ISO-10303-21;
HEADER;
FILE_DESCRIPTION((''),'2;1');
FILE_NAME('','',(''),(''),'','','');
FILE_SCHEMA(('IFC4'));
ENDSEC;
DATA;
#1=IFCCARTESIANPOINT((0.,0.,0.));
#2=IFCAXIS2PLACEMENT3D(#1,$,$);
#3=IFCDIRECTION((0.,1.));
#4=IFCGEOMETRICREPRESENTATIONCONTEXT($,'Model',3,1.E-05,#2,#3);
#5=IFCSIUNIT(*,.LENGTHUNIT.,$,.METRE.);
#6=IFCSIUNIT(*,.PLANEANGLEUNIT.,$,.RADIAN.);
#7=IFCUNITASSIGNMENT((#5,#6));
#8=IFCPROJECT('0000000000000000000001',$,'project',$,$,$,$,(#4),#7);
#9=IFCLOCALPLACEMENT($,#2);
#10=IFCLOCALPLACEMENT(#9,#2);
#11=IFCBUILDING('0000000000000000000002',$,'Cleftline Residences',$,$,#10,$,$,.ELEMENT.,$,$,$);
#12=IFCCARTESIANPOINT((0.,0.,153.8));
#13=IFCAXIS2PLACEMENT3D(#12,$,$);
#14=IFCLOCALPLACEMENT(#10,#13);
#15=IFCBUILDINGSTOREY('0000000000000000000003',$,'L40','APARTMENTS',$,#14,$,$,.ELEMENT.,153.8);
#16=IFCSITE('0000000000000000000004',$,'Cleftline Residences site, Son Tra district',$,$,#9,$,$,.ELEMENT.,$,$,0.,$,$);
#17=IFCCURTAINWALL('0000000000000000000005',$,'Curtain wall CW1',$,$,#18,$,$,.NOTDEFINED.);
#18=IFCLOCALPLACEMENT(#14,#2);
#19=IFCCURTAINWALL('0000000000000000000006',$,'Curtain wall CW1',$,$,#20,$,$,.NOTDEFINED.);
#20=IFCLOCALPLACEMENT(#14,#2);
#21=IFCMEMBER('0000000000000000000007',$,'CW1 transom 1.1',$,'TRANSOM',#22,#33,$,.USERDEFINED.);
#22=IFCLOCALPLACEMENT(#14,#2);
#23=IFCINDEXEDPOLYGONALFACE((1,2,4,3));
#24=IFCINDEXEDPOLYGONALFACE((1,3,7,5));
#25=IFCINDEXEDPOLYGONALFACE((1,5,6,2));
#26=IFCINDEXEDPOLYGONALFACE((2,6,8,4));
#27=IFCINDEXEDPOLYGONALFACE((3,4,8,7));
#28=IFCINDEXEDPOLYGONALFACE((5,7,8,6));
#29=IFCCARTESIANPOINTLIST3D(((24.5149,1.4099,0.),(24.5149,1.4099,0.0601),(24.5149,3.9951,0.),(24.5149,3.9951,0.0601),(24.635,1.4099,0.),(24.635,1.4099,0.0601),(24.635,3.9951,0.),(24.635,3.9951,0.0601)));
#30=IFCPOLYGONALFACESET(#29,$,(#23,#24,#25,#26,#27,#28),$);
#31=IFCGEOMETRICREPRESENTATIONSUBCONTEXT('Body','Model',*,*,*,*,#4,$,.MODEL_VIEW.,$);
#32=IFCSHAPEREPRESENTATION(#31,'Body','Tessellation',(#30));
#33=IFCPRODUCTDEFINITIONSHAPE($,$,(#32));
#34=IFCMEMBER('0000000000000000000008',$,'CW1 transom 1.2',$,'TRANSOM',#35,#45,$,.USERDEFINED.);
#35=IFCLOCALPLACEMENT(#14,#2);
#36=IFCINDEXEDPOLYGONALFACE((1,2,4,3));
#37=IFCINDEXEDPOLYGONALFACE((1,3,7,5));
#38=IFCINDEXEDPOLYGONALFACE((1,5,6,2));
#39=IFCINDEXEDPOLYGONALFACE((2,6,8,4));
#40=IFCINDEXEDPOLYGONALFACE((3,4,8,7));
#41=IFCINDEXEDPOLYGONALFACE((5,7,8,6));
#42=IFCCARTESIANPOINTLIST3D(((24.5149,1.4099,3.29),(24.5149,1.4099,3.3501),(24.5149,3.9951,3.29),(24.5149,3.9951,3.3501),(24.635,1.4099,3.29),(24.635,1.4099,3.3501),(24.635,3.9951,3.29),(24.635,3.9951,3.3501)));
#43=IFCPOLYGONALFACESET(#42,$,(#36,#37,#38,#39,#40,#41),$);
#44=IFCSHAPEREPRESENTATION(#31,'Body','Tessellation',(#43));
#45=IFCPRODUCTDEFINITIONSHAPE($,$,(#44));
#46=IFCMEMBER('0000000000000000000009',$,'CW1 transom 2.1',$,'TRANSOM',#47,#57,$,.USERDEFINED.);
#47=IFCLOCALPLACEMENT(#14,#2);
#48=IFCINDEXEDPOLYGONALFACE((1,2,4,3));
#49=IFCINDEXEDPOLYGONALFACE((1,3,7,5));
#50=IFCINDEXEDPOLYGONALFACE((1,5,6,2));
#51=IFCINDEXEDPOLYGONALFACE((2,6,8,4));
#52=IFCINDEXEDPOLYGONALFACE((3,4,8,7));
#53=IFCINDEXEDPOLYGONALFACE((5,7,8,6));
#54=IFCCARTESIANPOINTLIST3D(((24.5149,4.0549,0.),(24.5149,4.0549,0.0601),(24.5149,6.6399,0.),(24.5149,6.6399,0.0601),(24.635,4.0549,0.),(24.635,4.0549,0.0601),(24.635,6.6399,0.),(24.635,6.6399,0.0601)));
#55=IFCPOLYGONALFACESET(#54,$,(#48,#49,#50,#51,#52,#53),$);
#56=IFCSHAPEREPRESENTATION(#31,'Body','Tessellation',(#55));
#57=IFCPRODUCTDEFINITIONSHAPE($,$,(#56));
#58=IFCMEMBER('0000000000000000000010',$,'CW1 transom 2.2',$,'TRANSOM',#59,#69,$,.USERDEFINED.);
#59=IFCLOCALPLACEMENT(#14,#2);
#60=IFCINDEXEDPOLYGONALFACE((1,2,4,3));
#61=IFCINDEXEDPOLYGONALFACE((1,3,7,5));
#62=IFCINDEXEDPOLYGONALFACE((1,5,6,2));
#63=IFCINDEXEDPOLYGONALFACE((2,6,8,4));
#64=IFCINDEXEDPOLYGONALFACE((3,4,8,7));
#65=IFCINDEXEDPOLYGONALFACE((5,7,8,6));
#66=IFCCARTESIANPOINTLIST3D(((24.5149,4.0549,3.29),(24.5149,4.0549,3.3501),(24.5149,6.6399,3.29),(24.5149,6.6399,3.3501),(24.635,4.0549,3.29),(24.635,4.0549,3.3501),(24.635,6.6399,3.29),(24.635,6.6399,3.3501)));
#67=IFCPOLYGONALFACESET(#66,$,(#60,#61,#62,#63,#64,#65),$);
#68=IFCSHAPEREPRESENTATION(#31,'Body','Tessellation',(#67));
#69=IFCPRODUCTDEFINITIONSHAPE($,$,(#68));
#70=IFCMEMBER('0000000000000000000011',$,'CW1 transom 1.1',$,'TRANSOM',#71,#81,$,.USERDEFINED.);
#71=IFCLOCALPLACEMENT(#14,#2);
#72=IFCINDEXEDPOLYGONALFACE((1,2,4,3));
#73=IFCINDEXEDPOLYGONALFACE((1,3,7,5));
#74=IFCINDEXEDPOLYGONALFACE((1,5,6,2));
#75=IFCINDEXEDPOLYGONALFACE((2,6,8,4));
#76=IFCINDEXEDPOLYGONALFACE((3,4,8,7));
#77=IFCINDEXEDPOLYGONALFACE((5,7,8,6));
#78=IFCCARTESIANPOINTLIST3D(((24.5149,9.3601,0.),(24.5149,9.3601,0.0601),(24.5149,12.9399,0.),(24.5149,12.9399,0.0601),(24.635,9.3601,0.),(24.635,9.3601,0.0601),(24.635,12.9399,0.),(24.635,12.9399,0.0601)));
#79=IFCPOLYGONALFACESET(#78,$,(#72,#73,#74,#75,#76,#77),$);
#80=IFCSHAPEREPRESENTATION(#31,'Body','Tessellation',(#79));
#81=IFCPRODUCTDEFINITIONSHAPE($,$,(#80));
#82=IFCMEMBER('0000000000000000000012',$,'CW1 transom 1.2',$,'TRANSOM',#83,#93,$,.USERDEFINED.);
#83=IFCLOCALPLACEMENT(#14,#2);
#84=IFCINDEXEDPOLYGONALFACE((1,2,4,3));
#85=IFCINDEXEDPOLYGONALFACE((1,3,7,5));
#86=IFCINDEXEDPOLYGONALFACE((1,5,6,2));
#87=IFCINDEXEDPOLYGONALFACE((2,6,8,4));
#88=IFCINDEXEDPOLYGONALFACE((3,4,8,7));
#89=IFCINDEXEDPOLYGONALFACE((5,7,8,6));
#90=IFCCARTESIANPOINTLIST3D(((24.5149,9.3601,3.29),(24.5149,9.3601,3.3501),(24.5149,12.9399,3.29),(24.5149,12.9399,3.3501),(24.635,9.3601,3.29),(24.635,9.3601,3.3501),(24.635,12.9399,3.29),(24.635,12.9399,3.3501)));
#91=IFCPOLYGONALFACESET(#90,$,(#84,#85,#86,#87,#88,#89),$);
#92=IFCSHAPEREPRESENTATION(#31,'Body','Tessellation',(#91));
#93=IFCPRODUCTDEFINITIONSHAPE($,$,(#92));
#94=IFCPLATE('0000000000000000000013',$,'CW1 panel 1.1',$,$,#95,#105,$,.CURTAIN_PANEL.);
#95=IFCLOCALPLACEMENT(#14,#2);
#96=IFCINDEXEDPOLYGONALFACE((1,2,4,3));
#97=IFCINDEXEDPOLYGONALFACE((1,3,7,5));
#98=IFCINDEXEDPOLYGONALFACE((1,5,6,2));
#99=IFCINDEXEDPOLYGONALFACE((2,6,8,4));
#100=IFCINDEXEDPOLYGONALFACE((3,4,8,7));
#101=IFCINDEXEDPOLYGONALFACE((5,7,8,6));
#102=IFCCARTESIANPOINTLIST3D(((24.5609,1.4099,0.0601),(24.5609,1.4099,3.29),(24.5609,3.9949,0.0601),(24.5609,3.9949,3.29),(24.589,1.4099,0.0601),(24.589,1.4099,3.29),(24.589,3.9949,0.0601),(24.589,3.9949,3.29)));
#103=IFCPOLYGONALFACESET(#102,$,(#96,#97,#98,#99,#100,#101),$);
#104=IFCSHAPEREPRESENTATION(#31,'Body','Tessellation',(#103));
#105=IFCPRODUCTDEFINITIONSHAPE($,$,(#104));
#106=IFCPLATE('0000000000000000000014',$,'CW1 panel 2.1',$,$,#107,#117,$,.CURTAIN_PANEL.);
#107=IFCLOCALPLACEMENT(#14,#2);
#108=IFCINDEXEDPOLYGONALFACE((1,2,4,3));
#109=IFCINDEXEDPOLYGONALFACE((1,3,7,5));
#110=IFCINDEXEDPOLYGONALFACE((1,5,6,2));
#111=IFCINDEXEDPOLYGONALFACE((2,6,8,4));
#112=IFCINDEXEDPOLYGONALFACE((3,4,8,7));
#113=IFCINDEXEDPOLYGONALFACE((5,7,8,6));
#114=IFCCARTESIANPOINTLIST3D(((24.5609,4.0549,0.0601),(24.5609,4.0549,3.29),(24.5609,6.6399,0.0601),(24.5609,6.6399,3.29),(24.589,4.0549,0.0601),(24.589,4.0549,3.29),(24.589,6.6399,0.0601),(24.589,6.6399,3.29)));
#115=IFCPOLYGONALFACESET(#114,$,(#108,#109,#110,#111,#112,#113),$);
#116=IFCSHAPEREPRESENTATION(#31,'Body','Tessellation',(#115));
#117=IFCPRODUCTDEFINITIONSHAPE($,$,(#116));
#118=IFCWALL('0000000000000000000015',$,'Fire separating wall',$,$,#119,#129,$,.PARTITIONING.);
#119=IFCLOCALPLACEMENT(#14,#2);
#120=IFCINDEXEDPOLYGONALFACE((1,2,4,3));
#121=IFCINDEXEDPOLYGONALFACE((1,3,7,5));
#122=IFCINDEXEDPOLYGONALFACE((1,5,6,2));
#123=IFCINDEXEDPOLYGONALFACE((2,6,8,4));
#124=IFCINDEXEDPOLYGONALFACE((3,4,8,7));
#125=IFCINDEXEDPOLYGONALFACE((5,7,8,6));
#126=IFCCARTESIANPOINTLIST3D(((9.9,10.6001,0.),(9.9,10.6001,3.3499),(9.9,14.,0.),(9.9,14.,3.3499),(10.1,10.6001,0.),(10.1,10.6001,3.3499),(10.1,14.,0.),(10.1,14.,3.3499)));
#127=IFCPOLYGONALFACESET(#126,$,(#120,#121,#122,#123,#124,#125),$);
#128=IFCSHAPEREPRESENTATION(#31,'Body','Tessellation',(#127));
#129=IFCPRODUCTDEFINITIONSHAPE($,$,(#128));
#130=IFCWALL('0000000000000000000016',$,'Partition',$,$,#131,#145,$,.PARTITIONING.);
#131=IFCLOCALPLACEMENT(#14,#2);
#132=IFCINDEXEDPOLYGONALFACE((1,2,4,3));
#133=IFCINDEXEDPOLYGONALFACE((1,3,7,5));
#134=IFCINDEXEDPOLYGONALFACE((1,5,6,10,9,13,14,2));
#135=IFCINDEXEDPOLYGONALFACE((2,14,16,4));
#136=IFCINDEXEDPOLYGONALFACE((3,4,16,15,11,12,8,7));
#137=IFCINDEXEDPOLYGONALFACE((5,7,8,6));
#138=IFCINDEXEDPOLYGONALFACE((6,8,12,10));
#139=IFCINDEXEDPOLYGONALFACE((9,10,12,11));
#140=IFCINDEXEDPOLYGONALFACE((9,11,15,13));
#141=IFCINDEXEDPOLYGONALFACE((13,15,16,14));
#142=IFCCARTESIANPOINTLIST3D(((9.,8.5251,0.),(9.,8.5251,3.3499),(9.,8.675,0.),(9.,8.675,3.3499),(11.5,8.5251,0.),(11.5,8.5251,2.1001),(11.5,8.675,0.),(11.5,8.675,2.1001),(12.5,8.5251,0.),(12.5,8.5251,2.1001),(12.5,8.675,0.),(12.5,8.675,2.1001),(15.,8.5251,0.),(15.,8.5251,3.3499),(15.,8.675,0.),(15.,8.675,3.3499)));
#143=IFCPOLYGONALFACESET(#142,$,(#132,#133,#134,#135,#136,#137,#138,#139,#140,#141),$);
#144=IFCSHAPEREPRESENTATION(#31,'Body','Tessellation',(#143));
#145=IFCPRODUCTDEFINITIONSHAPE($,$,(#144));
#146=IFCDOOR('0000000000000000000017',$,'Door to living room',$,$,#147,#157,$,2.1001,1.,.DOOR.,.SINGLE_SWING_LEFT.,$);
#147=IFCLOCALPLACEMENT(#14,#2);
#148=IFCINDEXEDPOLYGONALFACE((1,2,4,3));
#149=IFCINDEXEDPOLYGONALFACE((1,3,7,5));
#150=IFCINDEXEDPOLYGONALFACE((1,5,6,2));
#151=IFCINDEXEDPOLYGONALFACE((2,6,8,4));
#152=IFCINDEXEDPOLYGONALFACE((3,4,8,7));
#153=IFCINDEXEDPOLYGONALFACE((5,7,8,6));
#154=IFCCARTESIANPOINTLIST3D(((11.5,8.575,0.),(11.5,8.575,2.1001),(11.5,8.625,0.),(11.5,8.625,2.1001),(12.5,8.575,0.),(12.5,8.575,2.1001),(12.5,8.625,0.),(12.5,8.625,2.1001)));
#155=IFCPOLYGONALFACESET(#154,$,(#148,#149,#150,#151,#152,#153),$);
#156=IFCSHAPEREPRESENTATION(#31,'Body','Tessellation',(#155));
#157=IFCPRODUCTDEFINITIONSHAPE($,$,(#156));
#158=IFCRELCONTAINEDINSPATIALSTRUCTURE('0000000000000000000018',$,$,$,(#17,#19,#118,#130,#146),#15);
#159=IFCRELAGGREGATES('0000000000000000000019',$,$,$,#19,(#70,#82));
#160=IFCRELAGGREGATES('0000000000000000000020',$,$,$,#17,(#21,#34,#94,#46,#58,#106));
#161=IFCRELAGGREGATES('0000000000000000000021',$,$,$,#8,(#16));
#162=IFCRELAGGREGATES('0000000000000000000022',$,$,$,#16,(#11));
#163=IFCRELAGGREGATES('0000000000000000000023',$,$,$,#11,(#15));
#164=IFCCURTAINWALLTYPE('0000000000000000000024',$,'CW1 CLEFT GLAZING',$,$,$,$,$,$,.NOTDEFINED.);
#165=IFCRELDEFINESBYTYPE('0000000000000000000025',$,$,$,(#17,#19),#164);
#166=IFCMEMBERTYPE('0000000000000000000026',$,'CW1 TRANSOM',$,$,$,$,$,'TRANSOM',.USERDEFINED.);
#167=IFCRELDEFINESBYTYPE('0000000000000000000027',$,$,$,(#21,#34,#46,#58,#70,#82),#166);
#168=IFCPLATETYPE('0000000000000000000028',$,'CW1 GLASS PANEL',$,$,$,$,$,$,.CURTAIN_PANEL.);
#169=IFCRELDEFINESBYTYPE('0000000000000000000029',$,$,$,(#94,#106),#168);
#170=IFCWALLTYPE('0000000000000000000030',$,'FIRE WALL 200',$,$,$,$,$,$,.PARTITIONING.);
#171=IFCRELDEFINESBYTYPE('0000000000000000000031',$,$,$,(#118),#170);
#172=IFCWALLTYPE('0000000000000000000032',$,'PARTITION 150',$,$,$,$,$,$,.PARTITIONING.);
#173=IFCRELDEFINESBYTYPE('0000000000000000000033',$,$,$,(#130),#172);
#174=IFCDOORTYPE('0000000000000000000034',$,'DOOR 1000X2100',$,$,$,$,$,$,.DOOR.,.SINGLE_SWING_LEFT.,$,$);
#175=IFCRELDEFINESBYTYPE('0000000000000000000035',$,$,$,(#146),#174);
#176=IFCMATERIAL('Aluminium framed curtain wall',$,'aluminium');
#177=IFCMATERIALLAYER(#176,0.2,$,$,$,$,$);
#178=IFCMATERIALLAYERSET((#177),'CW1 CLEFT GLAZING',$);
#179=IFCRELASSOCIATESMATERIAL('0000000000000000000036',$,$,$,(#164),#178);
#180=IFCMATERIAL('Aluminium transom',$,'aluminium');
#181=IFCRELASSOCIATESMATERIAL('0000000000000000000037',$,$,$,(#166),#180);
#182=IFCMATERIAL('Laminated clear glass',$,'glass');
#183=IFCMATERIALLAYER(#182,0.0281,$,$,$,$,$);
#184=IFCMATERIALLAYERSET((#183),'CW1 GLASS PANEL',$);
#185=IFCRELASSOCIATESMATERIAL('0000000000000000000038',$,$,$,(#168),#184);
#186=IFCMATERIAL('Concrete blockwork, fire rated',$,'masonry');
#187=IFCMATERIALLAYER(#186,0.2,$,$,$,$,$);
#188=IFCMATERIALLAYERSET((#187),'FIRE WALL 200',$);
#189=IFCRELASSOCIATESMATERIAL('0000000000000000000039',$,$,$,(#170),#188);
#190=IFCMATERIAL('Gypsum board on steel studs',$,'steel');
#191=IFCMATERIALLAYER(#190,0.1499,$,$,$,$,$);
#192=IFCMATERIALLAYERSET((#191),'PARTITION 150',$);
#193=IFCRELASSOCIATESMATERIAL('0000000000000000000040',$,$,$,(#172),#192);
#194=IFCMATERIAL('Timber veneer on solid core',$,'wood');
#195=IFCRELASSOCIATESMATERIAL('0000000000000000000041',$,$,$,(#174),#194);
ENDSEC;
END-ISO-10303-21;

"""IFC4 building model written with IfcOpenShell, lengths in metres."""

from ifc_helpers import new_model, si_unit, direction, frame, frame_2d, origin, origin_2d, place, context, subcontext, project, spatial, rectangle, extrude, material, layer, layer_set, material_profile, profile_set, type_object, element, fill, aggregate, save


model = new_model("IFC4")

# Units and contexts
model_context = context("Model", 3, precision=1e-05, world=origin(), true_north=direction((0.0, 1.0)))
body_context = subcontext(model_context, "Body", "Model", "MODEL_VIEW")
ifc_project = project(units=[si_unit("LENGTHUNIT", "METRE"), si_unit("PLANEANGLEUNIT", "RADIAN")], contexts=[model_context])

# Site, building, storey
site_placement = place(None, origin())
site = spatial("IfcSite", under=ifc_project, at=site_placement, Name="Cleftline Residences site, Son Tra district", CompositionType="ELEMENT", RefElevation=0.0)
building_placement = place(site_placement, origin())
building = spatial("IfcBuilding", under=site, at=building_placement, Name="Cleftline Residences", CompositionType="ELEMENT")
storey_placement = place(building_placement, frame((0.0, 0.0, 153.8)))
storey = spatial("IfcBuildingStorey", under=building, at=storey_placement, Name="L40", Description="APARTMENTS", CompositionType="ELEMENT", Elevation=153.8)

# Curtain wall
ifc_material_1 = material(Name="Aluminium framed curtain wall", Category="aluminium")
ifc_layer_1 = layer(ifc_material_1, 0.2)
ifc_layer_set_1 = layer_set([ifc_layer_1], Name="CW1 CLEFT GLAZING")
curtain_wall_type = type_object("IfcCurtainWallType", Name="CW1 CLEFT GLAZING", PredefinedType="NOTDEFINED", material=ifc_layer_set_1)
curtain_wall_1_placement = place(storey_placement, origin())
curtain_wall_1 = element("IfcCurtainWall", 1, at=curtain_wall_1_placement, inside=storey, type_object=curtain_wall_type, Name="Curtain wall CW1", PredefinedType="NOTDEFINED")

# Curtain wall
curtain_wall_2_placement = place(storey_placement, origin())
curtain_wall_2 = element("IfcCurtainWall", 2, at=curtain_wall_2_placement, inside=storey, type_object=curtain_wall_type, Name="Curtain wall CW1", PredefinedType="NOTDEFINED")

# Members
ifc_material_2 = material(Name="Aluminium transom", Category="aluminium")
ifc_material_profile_1 = material_profile(ifc_material_2, rectangle(XDim=0.1201, YDim=0.0601, at=origin_2d()))
ifc_profile_set_1 = profile_set([ifc_material_profile_1], Name="Aluminium transom")
member_type_1 = type_object("IfcMemberType", Name="CW1 TRANSOM", ElementType="TRANSOM", PredefinedType="USERDEFINED", material=ifc_profile_set_1)
member_1_placement = place(storey_placement, frame((24.575, 1.4099, 0.03), z_axis=(0.0, 1.0, 0.0), x_axis=(-1.0, 0.0, 0.0)))
member_1 = element("IfcMember", 3, at=member_1_placement, type_object=member_type_1, Name="CW1 transom 1.1", ObjectType="TRANSOM", PredefinedType="USERDEFINED", context=body_context, shape_type="SweptSolid", body=[
    extrude(rectangle(XDim=0.1201, YDim=0.0601, at=origin_2d()), origin(), (0.0, 0.0, 1.0), 2.5852),
])
member_2_placement = place(storey_placement, frame((24.575, 1.4099, 3.3201), z_axis=(0.0, 1.0, 0.0), x_axis=(-1.0, 0.0, 0.0)))
member_2 = element("IfcMember", 4, at=member_2_placement, type_object=member_type_1, Name="CW1 transom 1.2", ObjectType="TRANSOM", PredefinedType="USERDEFINED", context=body_context, shape_type="SweptSolid", body=[
    extrude(rectangle(XDim=0.1201, YDim=0.0601, at=origin_2d()), origin(), (0.0, 0.0, 1.0), 2.5852),
])
member_3_placement = place(storey_placement, frame((24.575, 4.0549, 0.03), z_axis=(0.0, 1.0, 0.0), x_axis=(-1.0, 0.0, 0.0)))
member_3 = element("IfcMember", 5, at=member_3_placement, type_object=member_type_1, Name="CW1 transom 2.1", ObjectType="TRANSOM", PredefinedType="USERDEFINED", context=body_context, shape_type="SweptSolid", body=[
    extrude(rectangle(XDim=0.1201, YDim=0.0601, at=origin_2d()), origin(), (0.0, 0.0, 1.0), 2.585),
])
member_4_placement = place(storey_placement, frame((24.575, 4.0549, 3.3201), z_axis=(0.0, 1.0, 0.0), x_axis=(-1.0, 0.0, 0.0)))
member_4 = element("IfcMember", 6, at=member_4_placement, type_object=member_type_1, Name="CW1 transom 2.2", ObjectType="TRANSOM", PredefinedType="USERDEFINED", context=body_context, shape_type="SweptSolid", body=[
    extrude(rectangle(XDim=0.1201, YDim=0.0601, at=origin_2d()), origin(), (0.0, 0.0, 1.0), 2.585),
])
member_5_placement = place(storey_placement, frame((24.575, 9.3601, 0.03), z_axis=(0.0, 1.0, 0.0), x_axis=(-1.0, 0.0, 0.0)))
member_5 = element("IfcMember", 7, at=member_5_placement, type_object=member_type_1, Name="CW1 transom 1.1", ObjectType="TRANSOM", PredefinedType="USERDEFINED", context=body_context, shape_type="SweptSolid", body=[
    extrude(rectangle(XDim=0.1201, YDim=0.0601, at=origin_2d()), origin(), (0.0, 0.0, 1.0), 3.5798),
])
member_6_placement = place(storey_placement, frame((24.575, 9.3601, 3.3201), z_axis=(0.0, 1.0, 0.0), x_axis=(-1.0, 0.0, 0.0)))
member_6 = element("IfcMember", 8, at=member_6_placement, type_object=member_type_1, Name="CW1 transom 1.2", ObjectType="TRANSOM", PredefinedType="USERDEFINED", context=body_context, shape_type="SweptSolid", body=[
    extrude(rectangle(XDim=0.1201, YDim=0.0601, at=origin_2d()), origin(), (0.0, 0.0, 1.0), 3.5798),
])
aggregate(curtain_wall_2, [member_5, member_6])

# Plates
ifc_material_3 = material(Name="Laminated clear glass", Category="glass")
ifc_layer_2 = layer(ifc_material_3, 0.0281)
ifc_layer_set_2 = layer_set([ifc_layer_2], Name="CW1 GLASS PANEL")
plate_type = type_object("IfcPlateType", Name="CW1 GLASS PANEL", PredefinedType="CURTAIN_PANEL", material=ifc_layer_set_2)
plate_1_placement = place(storey_placement, frame((24.575, 2.7024, 0.0601), z_axis=(0.0, 0.0, 1.0), x_axis=(0.0, 1.0, 0.0)))
plate_1 = element("IfcPlate", 9, at=plate_1_placement, type_object=plate_type, Name="CW1 panel 1.1", PredefinedType="CURTAIN_PANEL", context=body_context, shape_type="SweptSolid", body=[
    extrude(rectangle(XDim=2.585, YDim=0.0281, at=origin_2d()), origin(), (0.0, 0.0, 1.0), 3.23),
])
plate_2_placement = place(storey_placement, frame((24.575, 5.3474, 0.0601), z_axis=(0.0, 0.0, 1.0), x_axis=(0.0, 1.0, 0.0)))
plate_2 = element("IfcPlate", 10, at=plate_2_placement, type_object=plate_type, Name="CW1 panel 2.1", PredefinedType="CURTAIN_PANEL", context=body_context, shape_type="SweptSolid", body=[
    extrude(rectangle(XDim=2.585, YDim=0.0281, at=origin_2d()), origin(), (0.0, 0.0, 1.0), 3.23),
])
aggregate(curtain_wall_1, [member_1, member_2, plate_1, member_3, member_4, plate_2])

# Wall
ifc_material_4 = material(Name="Concrete blockwork, fire rated", Category="masonry")
ifc_layer_3 = layer(ifc_material_4, 0.2)
ifc_layer_set_3 = layer_set([ifc_layer_3], Name="FIRE WALL 200")
wall_type_1 = type_object("IfcWallType", Name="FIRE WALL 200", PredefinedType="PARTITIONING", material=ifc_layer_set_3)
wall_1_placement = place(storey_placement, frame((10.0, 10.6001, 0.0), z_axis=(0.0, 0.0, 1.0), x_axis=(0.0, 1.0, 0.0)))
element("IfcWall", 11, at=wall_1_placement, inside=storey, type_object=wall_type_1, Name="Fire separating wall", PredefinedType="PARTITIONING", context=body_context, shape_type="SweptSolid", body=[
    extrude(rectangle(XDim=3.3999, YDim=0.2, at=frame_2d((1.7, 0.0))), origin(), (0.0, 0.0, 1.0), 3.3499),
])

# Wall, opening, door
ifc_material_5 = material(Name="Gypsum board on steel studs", Category="steel")
ifc_layer_4 = layer(ifc_material_5, 0.1499)
ifc_layer_set_4 = layer_set([ifc_layer_4], Name="PARTITION 150")
wall_type_2 = type_object("IfcWallType", Name="PARTITION 150", PredefinedType="PARTITIONING", material=ifc_layer_set_4)
wall_2_placement = place(storey_placement, frame((9.0, 8.6001, 0.0), z_axis=(0.0, 0.0, 1.0), x_axis=(1.0, 0.0, 0.0)))
wall_2 = element("IfcWall", 12, at=wall_2_placement, inside=storey, type_object=wall_type_2, Name="Partition", PredefinedType="PARTITIONING", context=body_context, shape_type="SweptSolid", body=[
    extrude(rectangle(XDim=6.0, YDim=0.1499, at=frame_2d((3.0, 0.0))), origin(), (0.0, 0.0, 1.0), 3.3499),
])
opening_1_placement = place(wall_2_placement, frame((2.5, 0.0, 0.0)))
opening_1 = element("IfcOpeningElement", 13, at=opening_1_placement, cuts=wall_2, PredefinedType="OPENING", context=body_context, shape_type="SweptSolid", body=[
    extrude(rectangle(XDim=1.0, YDim=2.1001, at=frame_2d((0.5, 1.05))), frame((0.0, 0.085, 0.0), z_axis=(0.0, -1.0, 0.0), x_axis=(1.0, 0.0, 0.0)), (0.0, 0.0, 1.0), 0.1699),
])
ifc_material_6 = material(Name="Timber veneer on solid core", Category="wood")
door_type_1 = type_object("IfcDoorType", Name="DOOR 1000X2100", OperationType="SINGLE_SWING_LEFT", PredefinedType="DOOR", material=ifc_material_6)
door_1_placement = place(opening_1_placement, origin())
door_1 = element("IfcDoor", 14, at=door_1_placement, inside=storey, type_object=door_type_1, Name="Door to living room", OperationType="SINGLE_SWING_LEFT", OverallHeight=2.1001, OverallWidth=1.0, PredefinedType="DOOR", context=body_context, shape_type="SweptSolid", body=[
    extrude(rectangle(XDim=1.0, YDim=2.1001, at=frame_2d((0.5, 1.05))), frame((0.0, 0.0249, 0.0), z_axis=(0.0, -1.0, 0.0), x_axis=(1.0, 0.0, 0.0)), (0.0, 0.0, 1.0), 0.05),
])
fill(opening_1, door_1)

save(model, "model.ifc")
